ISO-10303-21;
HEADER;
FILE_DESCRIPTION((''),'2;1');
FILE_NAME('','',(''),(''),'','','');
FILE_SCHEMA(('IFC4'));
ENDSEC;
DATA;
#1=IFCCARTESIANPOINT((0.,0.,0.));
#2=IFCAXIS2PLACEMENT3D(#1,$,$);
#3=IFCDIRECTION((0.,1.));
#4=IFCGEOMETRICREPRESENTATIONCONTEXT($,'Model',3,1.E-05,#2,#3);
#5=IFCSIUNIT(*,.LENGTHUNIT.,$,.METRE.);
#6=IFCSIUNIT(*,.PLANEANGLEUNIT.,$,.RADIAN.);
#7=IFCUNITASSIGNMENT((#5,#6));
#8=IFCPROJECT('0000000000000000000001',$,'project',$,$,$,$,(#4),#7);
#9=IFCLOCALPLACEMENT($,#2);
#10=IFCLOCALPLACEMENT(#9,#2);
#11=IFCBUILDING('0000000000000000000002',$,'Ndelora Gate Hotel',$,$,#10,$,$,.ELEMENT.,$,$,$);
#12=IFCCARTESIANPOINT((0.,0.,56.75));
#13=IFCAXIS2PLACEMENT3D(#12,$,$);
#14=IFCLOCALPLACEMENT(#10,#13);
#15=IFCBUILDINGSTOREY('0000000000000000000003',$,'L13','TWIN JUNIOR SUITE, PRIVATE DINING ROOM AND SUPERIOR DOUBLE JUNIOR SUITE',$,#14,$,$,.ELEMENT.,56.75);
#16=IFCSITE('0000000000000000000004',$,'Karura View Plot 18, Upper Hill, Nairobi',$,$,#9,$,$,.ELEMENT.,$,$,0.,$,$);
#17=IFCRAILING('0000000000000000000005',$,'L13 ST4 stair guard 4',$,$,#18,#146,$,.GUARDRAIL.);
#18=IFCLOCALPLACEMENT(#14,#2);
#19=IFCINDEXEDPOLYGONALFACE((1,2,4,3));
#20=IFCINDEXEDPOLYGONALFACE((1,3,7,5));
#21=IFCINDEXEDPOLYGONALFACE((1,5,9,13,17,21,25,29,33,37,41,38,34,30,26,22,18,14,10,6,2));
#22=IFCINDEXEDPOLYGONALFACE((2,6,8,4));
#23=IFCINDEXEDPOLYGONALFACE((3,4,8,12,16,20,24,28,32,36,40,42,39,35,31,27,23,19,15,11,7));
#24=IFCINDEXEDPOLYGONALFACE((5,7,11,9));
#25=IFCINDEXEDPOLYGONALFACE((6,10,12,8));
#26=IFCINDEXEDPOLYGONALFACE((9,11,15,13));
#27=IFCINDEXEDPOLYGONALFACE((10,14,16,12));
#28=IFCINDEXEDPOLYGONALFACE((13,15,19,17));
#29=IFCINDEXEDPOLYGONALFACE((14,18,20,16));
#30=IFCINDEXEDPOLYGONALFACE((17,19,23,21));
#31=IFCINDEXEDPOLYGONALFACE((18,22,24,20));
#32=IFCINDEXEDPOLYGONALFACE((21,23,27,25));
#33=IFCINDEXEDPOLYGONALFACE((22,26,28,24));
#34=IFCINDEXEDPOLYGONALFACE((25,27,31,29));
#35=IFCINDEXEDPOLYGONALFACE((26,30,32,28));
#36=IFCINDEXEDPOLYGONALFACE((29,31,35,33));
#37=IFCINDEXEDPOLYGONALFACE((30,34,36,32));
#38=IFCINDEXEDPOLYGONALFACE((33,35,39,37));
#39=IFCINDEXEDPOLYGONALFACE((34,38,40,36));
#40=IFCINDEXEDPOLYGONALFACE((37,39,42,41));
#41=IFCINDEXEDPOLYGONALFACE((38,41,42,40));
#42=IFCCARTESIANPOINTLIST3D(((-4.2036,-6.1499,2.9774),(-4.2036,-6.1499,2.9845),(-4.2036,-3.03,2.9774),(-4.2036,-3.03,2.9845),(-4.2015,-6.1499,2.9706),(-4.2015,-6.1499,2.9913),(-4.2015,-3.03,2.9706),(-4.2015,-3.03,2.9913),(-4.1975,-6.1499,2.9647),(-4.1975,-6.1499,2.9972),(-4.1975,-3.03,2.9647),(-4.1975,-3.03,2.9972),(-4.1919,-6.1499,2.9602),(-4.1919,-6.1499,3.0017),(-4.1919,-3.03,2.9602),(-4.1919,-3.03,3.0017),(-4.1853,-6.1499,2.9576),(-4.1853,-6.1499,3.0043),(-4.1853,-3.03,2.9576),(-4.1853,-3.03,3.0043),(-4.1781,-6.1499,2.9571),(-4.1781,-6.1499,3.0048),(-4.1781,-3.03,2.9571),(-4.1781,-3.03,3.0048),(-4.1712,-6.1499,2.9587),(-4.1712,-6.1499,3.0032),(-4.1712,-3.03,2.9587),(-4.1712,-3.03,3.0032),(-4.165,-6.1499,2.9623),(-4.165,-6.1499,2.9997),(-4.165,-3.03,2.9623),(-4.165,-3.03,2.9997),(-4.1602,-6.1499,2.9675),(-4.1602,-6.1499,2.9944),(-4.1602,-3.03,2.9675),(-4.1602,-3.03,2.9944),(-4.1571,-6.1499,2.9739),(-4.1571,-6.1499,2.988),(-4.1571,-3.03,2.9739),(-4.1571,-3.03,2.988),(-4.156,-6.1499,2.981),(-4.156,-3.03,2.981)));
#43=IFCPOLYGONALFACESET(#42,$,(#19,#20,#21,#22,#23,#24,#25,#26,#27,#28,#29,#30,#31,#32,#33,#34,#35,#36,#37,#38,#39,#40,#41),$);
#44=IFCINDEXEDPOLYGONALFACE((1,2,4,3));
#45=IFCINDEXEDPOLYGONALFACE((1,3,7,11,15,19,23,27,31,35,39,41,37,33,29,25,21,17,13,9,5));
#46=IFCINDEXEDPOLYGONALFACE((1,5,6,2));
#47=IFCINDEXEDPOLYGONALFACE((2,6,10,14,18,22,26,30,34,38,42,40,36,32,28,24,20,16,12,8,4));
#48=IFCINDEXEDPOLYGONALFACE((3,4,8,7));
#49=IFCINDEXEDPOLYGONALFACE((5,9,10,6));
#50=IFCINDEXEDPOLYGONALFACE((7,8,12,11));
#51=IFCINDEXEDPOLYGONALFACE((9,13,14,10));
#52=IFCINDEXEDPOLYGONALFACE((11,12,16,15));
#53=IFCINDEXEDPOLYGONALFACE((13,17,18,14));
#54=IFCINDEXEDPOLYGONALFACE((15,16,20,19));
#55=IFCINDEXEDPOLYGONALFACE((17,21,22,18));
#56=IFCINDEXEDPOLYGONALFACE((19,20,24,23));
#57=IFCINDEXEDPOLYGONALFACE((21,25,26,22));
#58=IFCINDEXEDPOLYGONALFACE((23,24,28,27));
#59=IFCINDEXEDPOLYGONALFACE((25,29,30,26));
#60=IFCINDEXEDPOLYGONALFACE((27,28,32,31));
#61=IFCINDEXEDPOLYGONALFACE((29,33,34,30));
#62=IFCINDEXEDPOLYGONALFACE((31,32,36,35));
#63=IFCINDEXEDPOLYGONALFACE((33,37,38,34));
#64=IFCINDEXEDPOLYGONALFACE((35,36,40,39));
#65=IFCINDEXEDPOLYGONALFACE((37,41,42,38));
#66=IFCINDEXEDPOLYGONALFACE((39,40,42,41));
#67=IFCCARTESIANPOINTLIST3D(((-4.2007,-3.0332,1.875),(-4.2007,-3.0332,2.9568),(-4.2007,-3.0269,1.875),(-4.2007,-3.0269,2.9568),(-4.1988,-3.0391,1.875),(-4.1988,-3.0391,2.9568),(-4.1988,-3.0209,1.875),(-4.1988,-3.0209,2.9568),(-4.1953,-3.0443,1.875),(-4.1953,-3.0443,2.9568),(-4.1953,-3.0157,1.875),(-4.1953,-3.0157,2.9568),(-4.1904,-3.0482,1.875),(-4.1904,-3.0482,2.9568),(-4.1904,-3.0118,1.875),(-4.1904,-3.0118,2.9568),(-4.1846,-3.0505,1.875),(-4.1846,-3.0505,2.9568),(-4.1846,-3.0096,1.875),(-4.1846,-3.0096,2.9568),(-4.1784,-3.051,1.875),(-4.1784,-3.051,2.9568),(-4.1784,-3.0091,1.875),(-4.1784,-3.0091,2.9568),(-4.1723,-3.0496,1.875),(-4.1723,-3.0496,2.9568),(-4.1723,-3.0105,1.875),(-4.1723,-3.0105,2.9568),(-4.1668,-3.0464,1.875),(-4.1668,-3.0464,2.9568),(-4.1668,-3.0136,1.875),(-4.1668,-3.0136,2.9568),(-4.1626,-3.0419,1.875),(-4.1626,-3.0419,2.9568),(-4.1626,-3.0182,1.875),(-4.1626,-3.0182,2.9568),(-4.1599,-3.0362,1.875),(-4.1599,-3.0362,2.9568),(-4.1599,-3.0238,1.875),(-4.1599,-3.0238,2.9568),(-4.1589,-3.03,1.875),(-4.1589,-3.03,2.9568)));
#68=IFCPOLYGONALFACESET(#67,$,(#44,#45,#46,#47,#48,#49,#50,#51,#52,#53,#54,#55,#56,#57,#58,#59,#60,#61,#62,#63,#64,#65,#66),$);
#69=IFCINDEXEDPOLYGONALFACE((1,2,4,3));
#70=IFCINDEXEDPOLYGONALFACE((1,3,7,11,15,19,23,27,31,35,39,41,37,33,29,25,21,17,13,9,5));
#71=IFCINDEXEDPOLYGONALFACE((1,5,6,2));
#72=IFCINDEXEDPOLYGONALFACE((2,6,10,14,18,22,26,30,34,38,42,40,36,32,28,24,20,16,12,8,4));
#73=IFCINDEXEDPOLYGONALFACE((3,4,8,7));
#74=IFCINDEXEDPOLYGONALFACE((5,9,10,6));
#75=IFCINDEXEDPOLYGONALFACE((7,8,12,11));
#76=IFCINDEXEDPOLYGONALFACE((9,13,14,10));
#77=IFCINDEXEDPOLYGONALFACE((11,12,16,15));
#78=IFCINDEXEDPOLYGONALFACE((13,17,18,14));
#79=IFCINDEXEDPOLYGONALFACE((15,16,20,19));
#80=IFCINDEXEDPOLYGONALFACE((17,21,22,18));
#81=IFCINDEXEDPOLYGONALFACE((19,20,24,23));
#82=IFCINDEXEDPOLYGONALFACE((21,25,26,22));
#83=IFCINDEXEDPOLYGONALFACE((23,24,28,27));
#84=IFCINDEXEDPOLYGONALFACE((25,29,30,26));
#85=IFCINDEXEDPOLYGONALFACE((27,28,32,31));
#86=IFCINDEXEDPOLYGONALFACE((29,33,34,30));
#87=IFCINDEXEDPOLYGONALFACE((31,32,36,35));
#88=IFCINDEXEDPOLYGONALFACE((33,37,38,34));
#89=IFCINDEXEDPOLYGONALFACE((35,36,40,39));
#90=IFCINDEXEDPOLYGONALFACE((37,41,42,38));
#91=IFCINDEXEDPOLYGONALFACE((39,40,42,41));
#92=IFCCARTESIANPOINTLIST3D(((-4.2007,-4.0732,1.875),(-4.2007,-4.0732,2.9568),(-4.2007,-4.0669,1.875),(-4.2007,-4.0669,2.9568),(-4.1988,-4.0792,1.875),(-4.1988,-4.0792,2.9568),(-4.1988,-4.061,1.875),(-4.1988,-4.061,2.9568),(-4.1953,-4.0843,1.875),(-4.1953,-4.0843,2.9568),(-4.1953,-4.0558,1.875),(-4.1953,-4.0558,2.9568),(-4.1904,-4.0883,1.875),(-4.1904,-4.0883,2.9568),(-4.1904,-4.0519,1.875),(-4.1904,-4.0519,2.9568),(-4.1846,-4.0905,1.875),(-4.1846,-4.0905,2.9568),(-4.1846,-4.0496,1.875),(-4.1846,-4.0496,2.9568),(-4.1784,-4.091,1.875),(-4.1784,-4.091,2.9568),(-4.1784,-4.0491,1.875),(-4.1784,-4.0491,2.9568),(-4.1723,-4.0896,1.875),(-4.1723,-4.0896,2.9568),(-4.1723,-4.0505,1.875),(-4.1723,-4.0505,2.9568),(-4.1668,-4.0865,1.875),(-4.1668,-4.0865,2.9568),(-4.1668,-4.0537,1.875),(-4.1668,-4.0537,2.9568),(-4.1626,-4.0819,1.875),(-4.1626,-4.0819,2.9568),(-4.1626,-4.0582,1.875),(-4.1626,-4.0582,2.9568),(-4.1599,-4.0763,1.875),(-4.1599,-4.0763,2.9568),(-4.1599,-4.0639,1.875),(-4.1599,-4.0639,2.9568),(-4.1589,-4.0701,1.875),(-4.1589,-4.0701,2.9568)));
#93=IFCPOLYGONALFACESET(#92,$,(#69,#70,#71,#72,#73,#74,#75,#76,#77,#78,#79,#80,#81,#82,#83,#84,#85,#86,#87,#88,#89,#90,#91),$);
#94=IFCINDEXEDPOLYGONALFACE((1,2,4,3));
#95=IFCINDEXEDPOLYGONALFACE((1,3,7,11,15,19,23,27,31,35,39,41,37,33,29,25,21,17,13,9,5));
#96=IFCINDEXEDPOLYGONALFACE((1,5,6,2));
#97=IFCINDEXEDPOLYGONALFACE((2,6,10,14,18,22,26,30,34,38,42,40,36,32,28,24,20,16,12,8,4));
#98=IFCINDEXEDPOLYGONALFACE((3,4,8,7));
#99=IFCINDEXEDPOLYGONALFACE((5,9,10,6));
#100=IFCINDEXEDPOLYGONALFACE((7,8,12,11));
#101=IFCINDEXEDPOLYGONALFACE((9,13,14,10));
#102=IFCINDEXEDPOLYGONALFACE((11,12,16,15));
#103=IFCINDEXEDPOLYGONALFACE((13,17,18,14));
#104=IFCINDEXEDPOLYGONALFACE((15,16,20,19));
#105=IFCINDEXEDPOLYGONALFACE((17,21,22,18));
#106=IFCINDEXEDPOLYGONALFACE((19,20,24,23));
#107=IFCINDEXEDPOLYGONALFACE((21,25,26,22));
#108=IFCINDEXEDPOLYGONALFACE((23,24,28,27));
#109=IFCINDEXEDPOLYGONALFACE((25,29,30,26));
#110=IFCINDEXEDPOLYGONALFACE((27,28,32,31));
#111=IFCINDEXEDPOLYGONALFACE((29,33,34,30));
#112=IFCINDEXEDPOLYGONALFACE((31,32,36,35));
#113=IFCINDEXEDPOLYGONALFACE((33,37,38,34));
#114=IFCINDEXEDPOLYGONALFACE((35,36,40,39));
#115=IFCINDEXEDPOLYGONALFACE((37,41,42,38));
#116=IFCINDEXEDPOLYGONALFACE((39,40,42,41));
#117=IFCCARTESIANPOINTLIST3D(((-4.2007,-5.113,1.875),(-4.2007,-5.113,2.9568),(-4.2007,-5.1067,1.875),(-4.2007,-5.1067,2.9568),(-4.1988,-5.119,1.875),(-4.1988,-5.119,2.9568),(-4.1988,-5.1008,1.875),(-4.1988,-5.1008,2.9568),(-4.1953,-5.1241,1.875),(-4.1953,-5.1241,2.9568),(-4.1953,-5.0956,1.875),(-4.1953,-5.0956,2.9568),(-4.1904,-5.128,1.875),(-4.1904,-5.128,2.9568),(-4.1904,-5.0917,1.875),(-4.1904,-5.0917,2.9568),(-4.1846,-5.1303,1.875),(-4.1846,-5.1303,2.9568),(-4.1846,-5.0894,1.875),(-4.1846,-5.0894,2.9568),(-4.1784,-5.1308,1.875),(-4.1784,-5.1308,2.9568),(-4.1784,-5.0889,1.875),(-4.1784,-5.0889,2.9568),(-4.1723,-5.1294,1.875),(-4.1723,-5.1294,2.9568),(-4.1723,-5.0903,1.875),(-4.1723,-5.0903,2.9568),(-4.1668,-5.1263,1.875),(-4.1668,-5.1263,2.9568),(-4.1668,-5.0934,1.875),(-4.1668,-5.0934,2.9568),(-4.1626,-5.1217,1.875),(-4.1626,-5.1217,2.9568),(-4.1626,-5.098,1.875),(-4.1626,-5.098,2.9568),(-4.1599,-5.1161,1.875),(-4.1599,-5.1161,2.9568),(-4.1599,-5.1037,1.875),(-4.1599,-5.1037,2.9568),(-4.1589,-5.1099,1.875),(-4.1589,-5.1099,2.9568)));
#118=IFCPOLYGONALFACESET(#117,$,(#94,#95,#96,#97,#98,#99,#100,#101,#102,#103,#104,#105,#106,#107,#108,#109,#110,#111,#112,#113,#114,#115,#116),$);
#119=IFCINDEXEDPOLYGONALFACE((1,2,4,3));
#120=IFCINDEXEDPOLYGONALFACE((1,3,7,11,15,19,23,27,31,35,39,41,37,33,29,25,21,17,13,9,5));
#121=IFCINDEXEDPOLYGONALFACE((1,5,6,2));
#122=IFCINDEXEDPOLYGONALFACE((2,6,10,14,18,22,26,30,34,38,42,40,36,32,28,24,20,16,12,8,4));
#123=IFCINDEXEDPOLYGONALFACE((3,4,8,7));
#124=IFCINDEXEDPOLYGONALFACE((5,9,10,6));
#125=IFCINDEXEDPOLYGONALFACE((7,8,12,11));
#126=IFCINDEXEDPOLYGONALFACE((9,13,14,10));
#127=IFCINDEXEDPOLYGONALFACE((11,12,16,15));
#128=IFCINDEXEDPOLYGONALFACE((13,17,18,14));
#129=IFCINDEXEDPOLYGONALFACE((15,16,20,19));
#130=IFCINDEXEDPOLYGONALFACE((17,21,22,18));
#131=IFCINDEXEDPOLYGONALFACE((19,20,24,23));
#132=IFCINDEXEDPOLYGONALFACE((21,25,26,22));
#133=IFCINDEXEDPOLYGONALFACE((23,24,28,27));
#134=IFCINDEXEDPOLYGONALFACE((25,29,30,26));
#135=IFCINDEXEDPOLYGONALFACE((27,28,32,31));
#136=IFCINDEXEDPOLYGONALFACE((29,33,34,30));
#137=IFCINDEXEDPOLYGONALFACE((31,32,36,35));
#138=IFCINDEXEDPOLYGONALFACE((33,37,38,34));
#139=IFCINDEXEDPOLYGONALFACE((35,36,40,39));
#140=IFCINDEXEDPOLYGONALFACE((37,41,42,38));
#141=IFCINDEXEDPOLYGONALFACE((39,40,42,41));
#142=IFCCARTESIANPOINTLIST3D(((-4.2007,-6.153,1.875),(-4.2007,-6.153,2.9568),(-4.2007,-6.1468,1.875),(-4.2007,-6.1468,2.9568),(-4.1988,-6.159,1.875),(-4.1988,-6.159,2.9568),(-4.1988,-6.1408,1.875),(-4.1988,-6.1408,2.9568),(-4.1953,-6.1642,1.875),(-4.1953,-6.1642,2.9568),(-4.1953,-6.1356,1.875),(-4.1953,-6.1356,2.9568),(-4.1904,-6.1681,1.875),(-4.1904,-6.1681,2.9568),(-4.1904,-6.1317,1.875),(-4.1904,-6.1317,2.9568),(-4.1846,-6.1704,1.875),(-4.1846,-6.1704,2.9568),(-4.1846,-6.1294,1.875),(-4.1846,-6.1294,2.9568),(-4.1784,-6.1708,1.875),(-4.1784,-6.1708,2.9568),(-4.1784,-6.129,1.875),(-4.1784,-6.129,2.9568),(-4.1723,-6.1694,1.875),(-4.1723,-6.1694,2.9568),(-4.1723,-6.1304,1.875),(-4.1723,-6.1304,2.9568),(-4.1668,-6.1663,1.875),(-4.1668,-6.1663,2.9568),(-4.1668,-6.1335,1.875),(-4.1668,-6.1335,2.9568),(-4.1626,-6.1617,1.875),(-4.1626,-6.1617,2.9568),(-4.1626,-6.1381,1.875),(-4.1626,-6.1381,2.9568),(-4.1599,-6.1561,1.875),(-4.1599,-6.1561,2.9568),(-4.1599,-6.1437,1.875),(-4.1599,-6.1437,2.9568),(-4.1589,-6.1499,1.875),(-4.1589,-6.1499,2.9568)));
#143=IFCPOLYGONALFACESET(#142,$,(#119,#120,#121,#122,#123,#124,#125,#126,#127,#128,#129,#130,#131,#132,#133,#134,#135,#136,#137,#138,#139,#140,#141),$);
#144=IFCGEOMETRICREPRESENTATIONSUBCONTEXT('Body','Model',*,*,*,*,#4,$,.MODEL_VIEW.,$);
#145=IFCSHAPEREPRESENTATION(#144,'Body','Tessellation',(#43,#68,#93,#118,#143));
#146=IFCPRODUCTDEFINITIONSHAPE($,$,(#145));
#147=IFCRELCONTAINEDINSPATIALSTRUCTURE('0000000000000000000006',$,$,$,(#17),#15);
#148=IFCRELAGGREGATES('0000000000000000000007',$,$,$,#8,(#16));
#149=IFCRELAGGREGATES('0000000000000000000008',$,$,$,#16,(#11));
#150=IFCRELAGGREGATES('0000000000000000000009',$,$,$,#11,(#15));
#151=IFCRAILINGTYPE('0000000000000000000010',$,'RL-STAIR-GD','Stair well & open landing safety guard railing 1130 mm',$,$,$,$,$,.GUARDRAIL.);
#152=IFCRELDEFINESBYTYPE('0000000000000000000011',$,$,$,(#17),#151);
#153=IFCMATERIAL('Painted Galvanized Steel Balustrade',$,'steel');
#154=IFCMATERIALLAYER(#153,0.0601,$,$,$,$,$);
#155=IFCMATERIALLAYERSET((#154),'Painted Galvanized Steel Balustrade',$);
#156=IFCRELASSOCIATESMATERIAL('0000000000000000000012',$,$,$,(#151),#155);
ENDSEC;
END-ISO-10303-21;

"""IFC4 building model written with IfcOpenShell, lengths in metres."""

from ifc_helpers import new_model, si_unit, direction, frame, origin, origin_2d, place, context, subcontext, project, spatial, circle, extrude, material, layer, layer_set, type_object, element, save


model = new_model("IFC4")

# Units and contexts
model_context = context("Model", 3, precision=1e-05, world=origin(), true_north=direction((0.0, 1.0)))
body_context = subcontext(model_context, "Body", "Model", "MODEL_VIEW")
ifc_project = project(units=[si_unit("LENGTHUNIT", "METRE"), si_unit("PLANEANGLEUNIT", "RADIAN")], contexts=[model_context])

# Site, building, storey
site_placement = place(None, origin())
site = spatial("IfcSite", under=ifc_project, at=site_placement, Name="Karura View Plot 18, Upper Hill, Nairobi", CompositionType="ELEMENT", RefElevation=0.0)
building_placement = place(site_placement, origin())
building = spatial("IfcBuilding", under=site, at=building_placement, Name="Ndelora Gate Hotel", CompositionType="ELEMENT")
storey_placement = place(building_placement, frame((0.0, 0.0, 56.75)))
storey = spatial("IfcBuildingStorey", under=building, at=storey_placement, Name="L13", Description="TWIN JUNIOR SUITE, PRIVATE DINING ROOM AND SUPERIOR DOUBLE JUNIOR SUITE", CompositionType="ELEMENT", Elevation=56.75)

# Railing
ifc_material_1 = material(Name="Painted Galvanized Steel Balustrade", Category="steel")
ifc_layer_1 = layer(ifc_material_1, 0.0601)
ifc_layer_set_1 = layer_set([ifc_layer_1], Name="Painted Galvanized Steel Balustrade")
railing_type_1 = type_object("IfcRailingType", Name="RL-STAIR-GD", Description="Stair well & open landing safety guard railing 1130 mm", PredefinedType="GUARDRAIL", material=ifc_layer_set_1)
for number, where, name in (
    (1, (-4.1799, -3.03, 1.875), "L13 ST4 stair guard 4"),
):
    element("IfcRailing", number, at=place(storey_placement, frame(where)), inside=storey, type_object=railing_type_1, Name=name, PredefinedType="GUARDRAIL", context=body_context, shape_type="SweptSolid", body=[
        extrude(circle(Radius=0.0239, at=origin_2d()), frame((0.0, 0.0, 1.106), z_axis=(0.0, -1.0, 0.0), x_axis=(1.0, 0.0, 0.0)), (0.0, 0.0, 1.0), 3.1199),
        extrude(circle(Radius=0.021, at=origin_2d()), origin(), (0.0, 0.0, 1.0), 1.0818),
        extrude(circle(Radius=0.021, at=origin_2d()), frame((0.0, -1.04, 0.0)), (0.0, 0.0, 1.0), 1.0818),
        extrude(circle(Radius=0.021, at=origin_2d()), frame((0.0, -2.0798, 0.0)), (0.0, 0.0, 1.0), 1.0818),
        extrude(circle(Radius=0.021, at=origin_2d()), frame((0.0, -3.1199, 0.0)), (0.0, 0.0, 1.0), 1.0818),
    ])

save(model, "model.ifc")
